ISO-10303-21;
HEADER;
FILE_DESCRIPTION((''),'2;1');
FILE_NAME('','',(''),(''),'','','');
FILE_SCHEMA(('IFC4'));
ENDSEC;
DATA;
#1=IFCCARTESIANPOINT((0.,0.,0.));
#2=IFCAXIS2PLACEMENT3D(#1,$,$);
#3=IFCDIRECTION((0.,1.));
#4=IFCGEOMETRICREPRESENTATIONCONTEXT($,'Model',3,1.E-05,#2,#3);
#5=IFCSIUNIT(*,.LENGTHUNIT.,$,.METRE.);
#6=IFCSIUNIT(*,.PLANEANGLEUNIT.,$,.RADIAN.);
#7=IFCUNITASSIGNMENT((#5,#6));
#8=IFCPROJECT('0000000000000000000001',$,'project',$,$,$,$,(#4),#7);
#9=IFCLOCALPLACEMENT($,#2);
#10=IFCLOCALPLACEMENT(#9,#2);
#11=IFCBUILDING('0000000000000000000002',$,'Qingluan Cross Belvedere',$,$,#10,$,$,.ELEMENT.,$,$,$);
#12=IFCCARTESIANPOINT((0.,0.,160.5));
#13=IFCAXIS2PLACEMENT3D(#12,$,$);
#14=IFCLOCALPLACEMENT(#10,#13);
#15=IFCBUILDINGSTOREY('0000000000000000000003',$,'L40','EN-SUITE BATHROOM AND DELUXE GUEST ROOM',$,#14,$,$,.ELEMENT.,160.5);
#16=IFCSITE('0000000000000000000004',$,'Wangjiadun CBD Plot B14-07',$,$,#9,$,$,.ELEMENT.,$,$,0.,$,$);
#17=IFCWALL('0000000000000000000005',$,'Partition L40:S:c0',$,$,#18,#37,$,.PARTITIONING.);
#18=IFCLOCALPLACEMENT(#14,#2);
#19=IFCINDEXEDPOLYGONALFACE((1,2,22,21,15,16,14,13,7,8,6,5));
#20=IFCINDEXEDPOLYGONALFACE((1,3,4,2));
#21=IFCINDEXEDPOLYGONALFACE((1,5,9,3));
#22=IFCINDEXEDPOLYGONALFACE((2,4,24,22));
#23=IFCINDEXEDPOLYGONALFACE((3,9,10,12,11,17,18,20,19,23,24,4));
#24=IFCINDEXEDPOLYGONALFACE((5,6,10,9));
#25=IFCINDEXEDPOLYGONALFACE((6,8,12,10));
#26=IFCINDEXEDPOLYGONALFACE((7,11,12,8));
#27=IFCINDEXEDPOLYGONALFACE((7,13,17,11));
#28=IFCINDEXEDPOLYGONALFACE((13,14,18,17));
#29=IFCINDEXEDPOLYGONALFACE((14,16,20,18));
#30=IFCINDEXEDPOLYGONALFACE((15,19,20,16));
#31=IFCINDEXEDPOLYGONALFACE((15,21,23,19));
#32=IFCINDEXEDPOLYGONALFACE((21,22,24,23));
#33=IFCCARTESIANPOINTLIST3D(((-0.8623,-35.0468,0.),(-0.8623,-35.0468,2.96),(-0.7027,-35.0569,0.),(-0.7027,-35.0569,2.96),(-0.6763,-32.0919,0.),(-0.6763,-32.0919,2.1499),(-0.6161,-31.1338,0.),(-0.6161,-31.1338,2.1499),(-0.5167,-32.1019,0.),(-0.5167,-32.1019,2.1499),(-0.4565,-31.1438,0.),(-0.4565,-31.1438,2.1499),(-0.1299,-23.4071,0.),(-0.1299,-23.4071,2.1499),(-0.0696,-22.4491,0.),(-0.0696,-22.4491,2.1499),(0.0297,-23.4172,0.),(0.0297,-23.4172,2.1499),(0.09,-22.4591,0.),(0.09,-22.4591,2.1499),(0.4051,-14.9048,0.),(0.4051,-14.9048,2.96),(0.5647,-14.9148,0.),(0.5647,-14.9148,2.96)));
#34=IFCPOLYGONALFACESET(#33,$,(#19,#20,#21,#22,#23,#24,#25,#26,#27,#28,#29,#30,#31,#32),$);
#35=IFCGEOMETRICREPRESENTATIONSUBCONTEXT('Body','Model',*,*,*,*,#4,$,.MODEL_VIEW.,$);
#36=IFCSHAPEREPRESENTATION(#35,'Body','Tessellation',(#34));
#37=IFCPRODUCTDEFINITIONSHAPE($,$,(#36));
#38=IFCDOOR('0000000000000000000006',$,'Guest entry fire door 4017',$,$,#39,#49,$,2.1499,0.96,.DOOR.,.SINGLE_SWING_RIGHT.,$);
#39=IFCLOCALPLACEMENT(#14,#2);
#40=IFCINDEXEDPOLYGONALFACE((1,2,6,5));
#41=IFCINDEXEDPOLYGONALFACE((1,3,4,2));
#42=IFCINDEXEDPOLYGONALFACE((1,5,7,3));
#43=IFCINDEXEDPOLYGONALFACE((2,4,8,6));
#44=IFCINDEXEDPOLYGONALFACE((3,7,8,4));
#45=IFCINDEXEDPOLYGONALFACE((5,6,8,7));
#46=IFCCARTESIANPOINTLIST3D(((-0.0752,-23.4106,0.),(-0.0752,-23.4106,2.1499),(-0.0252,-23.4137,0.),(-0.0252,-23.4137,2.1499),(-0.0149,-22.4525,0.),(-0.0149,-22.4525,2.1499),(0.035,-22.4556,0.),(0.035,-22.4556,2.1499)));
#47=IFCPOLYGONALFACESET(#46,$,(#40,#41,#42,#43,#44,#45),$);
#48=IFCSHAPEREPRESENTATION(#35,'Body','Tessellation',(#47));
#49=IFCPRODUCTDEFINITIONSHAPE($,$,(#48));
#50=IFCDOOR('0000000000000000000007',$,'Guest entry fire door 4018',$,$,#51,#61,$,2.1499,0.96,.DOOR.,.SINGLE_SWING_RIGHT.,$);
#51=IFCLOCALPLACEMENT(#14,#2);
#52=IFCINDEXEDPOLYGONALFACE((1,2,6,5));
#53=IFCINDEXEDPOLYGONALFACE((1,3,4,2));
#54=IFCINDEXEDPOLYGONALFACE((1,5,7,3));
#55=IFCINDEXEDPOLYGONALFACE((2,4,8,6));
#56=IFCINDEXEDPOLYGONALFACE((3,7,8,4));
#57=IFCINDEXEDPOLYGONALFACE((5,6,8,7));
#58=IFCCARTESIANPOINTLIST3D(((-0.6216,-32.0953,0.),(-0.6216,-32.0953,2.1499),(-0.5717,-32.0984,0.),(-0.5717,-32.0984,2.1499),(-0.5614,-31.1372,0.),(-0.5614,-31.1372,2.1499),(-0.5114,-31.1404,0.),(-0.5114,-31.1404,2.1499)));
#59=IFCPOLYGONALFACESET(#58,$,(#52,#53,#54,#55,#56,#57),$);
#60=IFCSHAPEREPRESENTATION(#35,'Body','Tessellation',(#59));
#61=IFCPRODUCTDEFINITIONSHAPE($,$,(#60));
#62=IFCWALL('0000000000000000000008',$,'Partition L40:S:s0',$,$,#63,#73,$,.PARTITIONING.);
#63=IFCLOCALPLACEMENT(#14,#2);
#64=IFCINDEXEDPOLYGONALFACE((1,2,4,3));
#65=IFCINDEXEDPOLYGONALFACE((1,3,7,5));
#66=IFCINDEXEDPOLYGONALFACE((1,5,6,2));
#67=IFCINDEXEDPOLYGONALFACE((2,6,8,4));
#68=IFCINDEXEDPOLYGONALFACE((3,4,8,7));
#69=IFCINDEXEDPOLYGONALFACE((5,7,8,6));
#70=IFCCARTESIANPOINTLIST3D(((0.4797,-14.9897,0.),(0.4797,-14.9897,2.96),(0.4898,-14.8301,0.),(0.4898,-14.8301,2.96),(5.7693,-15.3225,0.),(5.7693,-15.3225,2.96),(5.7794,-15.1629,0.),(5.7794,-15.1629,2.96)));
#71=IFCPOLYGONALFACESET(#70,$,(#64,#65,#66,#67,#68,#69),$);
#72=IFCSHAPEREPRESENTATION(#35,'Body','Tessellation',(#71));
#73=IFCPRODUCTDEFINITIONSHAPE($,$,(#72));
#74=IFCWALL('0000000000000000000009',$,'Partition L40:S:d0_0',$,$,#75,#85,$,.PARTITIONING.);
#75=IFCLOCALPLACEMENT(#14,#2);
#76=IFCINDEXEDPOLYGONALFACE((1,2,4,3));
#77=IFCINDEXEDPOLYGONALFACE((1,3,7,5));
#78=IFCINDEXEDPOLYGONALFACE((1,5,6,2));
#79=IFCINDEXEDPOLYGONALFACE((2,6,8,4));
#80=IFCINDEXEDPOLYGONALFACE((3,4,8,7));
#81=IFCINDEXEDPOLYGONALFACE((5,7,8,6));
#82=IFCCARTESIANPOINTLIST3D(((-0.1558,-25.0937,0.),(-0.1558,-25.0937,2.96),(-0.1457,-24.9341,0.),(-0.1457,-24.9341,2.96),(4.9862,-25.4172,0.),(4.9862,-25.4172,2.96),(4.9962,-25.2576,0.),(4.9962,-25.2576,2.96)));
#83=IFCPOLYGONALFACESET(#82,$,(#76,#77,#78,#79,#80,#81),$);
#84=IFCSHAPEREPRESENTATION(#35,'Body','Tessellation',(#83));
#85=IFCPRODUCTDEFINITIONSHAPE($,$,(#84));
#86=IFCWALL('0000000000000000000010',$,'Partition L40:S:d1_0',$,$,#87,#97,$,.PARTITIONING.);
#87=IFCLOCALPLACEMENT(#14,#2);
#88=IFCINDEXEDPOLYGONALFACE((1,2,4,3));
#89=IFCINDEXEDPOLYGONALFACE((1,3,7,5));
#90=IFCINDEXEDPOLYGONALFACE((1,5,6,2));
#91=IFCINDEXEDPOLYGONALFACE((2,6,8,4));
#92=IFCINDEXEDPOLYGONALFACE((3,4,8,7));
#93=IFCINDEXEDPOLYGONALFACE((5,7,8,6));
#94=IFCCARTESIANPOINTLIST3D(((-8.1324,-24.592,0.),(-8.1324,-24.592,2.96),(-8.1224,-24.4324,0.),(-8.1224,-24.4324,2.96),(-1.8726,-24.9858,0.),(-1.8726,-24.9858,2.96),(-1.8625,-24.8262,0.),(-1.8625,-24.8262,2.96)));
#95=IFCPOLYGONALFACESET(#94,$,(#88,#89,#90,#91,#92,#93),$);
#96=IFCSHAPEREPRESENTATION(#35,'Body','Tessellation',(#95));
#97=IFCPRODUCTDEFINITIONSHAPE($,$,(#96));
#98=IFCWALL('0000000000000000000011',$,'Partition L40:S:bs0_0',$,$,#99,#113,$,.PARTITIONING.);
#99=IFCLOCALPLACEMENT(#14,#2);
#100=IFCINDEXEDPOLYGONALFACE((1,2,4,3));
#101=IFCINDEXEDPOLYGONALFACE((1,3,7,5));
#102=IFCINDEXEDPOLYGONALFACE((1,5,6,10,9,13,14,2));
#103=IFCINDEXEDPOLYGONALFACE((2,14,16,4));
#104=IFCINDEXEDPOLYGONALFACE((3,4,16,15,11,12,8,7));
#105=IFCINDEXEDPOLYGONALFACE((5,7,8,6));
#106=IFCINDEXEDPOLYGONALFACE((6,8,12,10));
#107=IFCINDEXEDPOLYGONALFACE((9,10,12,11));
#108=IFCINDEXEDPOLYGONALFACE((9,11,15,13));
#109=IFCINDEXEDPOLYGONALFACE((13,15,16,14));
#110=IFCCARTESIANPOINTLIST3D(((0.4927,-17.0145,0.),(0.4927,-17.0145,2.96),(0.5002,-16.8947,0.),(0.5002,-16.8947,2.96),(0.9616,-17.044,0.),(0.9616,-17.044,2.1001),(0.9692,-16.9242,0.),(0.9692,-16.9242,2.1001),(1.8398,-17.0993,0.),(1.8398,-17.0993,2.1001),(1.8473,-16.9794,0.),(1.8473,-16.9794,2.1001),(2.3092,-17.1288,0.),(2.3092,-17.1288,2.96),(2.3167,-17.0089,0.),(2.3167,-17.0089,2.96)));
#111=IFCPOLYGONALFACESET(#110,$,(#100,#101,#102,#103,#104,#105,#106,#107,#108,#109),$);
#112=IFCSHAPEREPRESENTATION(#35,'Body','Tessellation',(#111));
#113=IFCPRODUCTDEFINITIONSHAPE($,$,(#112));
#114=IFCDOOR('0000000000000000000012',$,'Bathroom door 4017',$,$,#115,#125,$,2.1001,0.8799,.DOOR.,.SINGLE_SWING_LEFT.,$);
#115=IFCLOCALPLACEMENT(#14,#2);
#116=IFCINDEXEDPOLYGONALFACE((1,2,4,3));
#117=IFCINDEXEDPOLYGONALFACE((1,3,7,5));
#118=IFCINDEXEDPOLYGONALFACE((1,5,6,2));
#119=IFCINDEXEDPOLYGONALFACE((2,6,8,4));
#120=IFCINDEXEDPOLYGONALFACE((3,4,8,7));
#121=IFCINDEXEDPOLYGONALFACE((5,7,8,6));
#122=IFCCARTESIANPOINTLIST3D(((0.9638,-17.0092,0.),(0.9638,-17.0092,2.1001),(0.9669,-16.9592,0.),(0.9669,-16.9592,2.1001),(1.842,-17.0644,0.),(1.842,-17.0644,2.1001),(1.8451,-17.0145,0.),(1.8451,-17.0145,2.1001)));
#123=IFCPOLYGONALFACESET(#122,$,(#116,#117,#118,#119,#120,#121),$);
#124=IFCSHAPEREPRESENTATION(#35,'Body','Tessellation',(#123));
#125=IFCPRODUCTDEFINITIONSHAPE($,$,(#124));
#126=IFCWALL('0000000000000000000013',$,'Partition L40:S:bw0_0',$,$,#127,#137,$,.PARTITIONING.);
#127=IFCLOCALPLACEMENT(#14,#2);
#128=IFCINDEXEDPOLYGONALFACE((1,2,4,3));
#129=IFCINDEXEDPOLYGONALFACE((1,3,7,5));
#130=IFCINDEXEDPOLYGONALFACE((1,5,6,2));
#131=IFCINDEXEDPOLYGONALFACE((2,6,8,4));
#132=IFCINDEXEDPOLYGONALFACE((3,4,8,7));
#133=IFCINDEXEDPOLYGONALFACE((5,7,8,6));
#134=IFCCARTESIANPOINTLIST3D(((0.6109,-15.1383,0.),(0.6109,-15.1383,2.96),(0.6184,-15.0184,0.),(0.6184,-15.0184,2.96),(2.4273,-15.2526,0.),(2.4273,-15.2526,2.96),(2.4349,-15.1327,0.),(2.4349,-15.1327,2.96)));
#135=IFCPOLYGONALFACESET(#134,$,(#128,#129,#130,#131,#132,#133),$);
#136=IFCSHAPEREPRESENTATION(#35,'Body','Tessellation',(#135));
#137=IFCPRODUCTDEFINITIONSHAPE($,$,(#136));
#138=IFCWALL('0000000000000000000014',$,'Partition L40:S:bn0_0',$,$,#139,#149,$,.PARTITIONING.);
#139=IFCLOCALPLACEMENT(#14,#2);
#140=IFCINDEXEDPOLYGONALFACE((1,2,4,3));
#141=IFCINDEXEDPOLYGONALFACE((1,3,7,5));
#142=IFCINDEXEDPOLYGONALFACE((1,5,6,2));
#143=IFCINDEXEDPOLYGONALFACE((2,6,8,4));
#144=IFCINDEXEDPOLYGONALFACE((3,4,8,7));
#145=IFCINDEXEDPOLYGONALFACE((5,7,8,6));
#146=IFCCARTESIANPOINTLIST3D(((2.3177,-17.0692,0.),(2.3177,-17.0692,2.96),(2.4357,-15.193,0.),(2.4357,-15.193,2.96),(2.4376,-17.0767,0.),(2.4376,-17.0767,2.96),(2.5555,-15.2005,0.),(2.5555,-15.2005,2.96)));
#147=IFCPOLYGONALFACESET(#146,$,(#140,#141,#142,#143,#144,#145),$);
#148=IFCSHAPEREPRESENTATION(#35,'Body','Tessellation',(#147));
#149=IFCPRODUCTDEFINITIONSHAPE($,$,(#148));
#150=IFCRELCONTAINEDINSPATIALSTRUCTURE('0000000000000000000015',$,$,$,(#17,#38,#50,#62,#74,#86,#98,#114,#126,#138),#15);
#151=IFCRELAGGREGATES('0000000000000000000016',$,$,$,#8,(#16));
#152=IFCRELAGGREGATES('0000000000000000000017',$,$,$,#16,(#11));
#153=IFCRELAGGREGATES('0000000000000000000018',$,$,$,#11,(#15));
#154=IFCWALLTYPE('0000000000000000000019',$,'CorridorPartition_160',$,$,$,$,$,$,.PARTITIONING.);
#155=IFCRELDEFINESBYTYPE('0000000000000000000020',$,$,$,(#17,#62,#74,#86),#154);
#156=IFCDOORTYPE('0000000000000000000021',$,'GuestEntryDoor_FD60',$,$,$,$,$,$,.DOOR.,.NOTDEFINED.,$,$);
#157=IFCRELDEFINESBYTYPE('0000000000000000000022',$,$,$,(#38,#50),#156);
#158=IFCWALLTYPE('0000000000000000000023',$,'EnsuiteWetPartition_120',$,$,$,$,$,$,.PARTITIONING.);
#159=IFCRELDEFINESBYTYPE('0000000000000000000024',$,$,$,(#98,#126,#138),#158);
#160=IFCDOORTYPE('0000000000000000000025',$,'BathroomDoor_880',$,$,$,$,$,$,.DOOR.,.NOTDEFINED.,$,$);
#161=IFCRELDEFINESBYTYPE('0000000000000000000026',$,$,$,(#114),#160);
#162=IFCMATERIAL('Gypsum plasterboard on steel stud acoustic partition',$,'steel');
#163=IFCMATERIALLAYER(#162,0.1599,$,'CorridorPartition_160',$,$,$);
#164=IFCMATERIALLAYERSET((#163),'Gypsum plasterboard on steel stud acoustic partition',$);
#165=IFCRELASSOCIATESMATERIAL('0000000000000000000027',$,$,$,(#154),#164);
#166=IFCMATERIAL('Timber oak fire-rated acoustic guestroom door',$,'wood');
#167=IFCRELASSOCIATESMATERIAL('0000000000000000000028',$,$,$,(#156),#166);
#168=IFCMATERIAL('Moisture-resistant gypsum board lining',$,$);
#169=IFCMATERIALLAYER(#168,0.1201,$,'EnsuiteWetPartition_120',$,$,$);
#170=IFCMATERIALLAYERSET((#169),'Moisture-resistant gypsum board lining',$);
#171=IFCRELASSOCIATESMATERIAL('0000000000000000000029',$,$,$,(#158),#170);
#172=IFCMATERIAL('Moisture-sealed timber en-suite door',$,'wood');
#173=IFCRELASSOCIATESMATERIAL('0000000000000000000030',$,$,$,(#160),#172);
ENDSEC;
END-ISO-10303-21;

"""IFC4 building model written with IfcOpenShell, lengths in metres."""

from ifc_helpers import new_model, si_unit, direction, frame, frame_2d, origin, place, context, subcontext, project, spatial, rectangle, extrude, material, layer, layer_set, type_object, element, fill, save


model = new_model("IFC4")

# Units and contexts
model_context = context("Model", 3, precision=1e-05, world=origin(), true_north=direction((0.0, 1.0)))
body_context = subcontext(model_context, "Body", "Model", "MODEL_VIEW")
ifc_project = project(units=[si_unit("LENGTHUNIT", "METRE"), si_unit("PLANEANGLEUNIT", "RADIAN")], contexts=[model_context])

# Site, building, storey
site_placement = place(None, origin())
site = spatial("IfcSite", under=ifc_project, at=site_placement, Name="Wangjiadun CBD Plot B14-07", CompositionType="ELEMENT", RefElevation=0.0)
building_placement = place(site_placement, origin())
building = spatial("IfcBuilding", under=site, at=building_placement, Name="Qingluan Cross Belvedere", CompositionType="ELEMENT")
storey_placement = place(building_placement, frame((0.0, 0.0, 160.5)))
storey = spatial("IfcBuildingStorey", under=building, at=storey_placement, Name="L40", Description="EN-SUITE BATHROOM AND DELUXE GUEST ROOM", CompositionType="ELEMENT", Elevation=160.5)

# Wall, openings, doors
ifc_material_1 = material(Name="Gypsum plasterboard on steel stud acoustic partition", Category="steel")
ifc_layer_1 = layer(ifc_material_1, 0.1599, Name="CorridorPartition_160")
ifc_layer_set_1 = layer_set([ifc_layer_1], Name="Gypsum plasterboard on steel stud acoustic partition")
wall_type_1 = type_object("IfcWallType", Name="CorridorPartition_160", PredefinedType="PARTITIONING", material=ifc_layer_set_1)
wall_1_placement = place(storey_placement, frame((0.4849, -14.9099, 0.0), z_axis=(0.0, 0.0, 1.0), x_axis=(-0.062796, -0.998026, 0.0)))
wall_1 = element("IfcWall", 1, at=wall_1_placement, inside=storey, type_object=wall_type_1, Name="Partition L40:S:c0", PredefinedType="PARTITIONING", context=body_context, shape_type="SweptSolid", body=[
    extrude(rectangle(XDim=20.1819, YDim=0.1599, at=frame_2d((10.0908, 0.0))), origin(), (0.0, 0.0, 1.0), 2.96),
])
opening_1_placement = place(wall_1_placement, frame((7.5591, 0.0, 0.0)))
opening_1 = element("IfcOpeningElement", 2, at=opening_1_placement, cuts=wall_1, PredefinedType="OPENING", context=body_context, shape_type="SweptSolid", body=[
    extrude(rectangle(XDim=0.96, YDim=2.1499, at=frame_2d((0.48, 1.075))), frame((0.0, 0.0898, 0.0), z_axis=(0.0, -1.0, 0.0), x_axis=(1.0, 0.0, 0.0)), (0.0, 0.0, 1.0), 0.1799),
])
opening_2_placement = place(wall_1_placement, frame((16.261, 0.0, 0.0)))
opening_2 = element("IfcOpeningElement", 3, at=opening_2_placement, cuts=wall_1, PredefinedType="OPENING", context=body_context, shape_type="SweptSolid", body=[
    extrude(rectangle(XDim=0.96, YDim=2.1499, at=frame_2d((0.48, 1.075))), frame((0.0, 0.0898, 0.0), z_axis=(0.0, -1.0, 0.0), x_axis=(1.0, 0.0, 0.0)), (0.0, 0.0, 1.0), 0.1799),
])
ifc_material_2 = material(Name="Timber oak fire-rated acoustic guestroom door", Category="wood")
door_type_1 = type_object("IfcDoorType", Name="GuestEntryDoor_FD60", OperationType="NOTDEFINED", PredefinedType="DOOR", material=ifc_material_2)
door_1_placement = place(opening_1_placement, origin())
door_1 = element("IfcDoor", 4, at=door_1_placement, inside=storey, type_object=door_type_1, Name="Guest entry fire door 4017", OperationType="SINGLE_SWING_RIGHT", OverallHeight=2.1499, OverallWidth=0.96, PredefinedType="DOOR", context=body_context, shape_type="SweptSolid", body=[
    extrude(rectangle(XDim=0.96, YDim=2.1499, at=frame_2d((0.48, 1.075))), frame((0.0, 0.0249, 0.0), z_axis=(0.0, -1.0, 0.0), x_axis=(1.0, 0.0, 0.0)), (0.0, 0.0, 1.0), 0.05),
])
fill(opening_1, door_1)
door_2_placement = place(opening_2_placement, origin())
door_2 = element("IfcDoor", 5, at=door_2_placement, inside=storey, type_object=door_type_1, Name="Guest entry fire door 4018", OperationType="SINGLE_SWING_RIGHT", OverallHeight=2.1499, OverallWidth=0.96, PredefinedType="DOOR", context=body_context, shape_type="SweptSolid", body=[
    extrude(rectangle(XDim=0.96, YDim=2.1499, at=frame_2d((0.48, 1.075))), frame((0.0, 0.0249, 0.0), z_axis=(0.0, -1.0, 0.0), x_axis=(1.0, 0.0, 0.0)), (0.0, 0.0, 1.0), 0.05),
])
fill(opening_2, door_2)

# Walls
wall_2_placement = place(storey_placement, frame((0.4849, -14.9099, 0.0), z_axis=(0.0, 0.0, 1.0), x_axis=(0.998027, -0.062786, 0.0)))
element("IfcWall", 6, at=wall_2_placement, inside=storey, type_object=wall_type_1, Name="Partition L40:S:s0", PredefinedType="PARTITIONING", context=body_context, shape_type="SweptSolid", body=[
    extrude(rectangle(XDim=5.3, YDim=0.1599, at=frame_2d((2.6499, 0.0))), origin(), (0.0, 0.0, 1.0), 2.96),
])
wall_3_placement = place(storey_placement, frame((-0.1509, -25.0139, 0.0), z_axis=(0.0, 0.0, 1.0), x_axis=(0.998027, -0.062788, 0.0)))
element("IfcWall", 7, at=wall_3_placement, inside=storey, type_object=wall_type_1, Name="Partition L40:S:d0_0", PredefinedType="PARTITIONING", context=body_context, shape_type="SweptSolid", body=[
    extrude(rectangle(XDim=5.1521, YDim=0.1599, at=frame_2d((2.5762, 0.0))), origin(), (0.0, 0.0, 1.0), 2.96),
])
wall_4_placement = place(storey_placement, frame((-1.8674, -24.906, 0.0), z_axis=(0.0, 0.0, 1.0), x_axis=(-0.998027, 0.062785, 0.0)))
element("IfcWall", 8, at=wall_4_placement, inside=storey, type_object=wall_type_1, Name="Partition L40:S:d1_0", PredefinedType="PARTITIONING", context=body_context, shape_type="SweptSolid", body=[
    extrude(rectangle(XDim=6.2722, YDim=0.1599, at=frame_2d((3.1362, 0.0))), origin(), (0.0, 0.0, 1.0), 2.96),
])

# Wall, opening, door
ifc_material_3 = material(Name="Moisture-resistant gypsum board lining")
ifc_layer_2 = layer(ifc_material_3, 0.1201, Name="EnsuiteWetPartition_120")
ifc_layer_set_2 = layer_set([ifc_layer_2], Name="Moisture-resistant gypsum board lining")
wall_type_2 = type_object("IfcWallType", Name="EnsuiteWetPartition_120", PredefinedType="PARTITIONING", material=ifc_layer_set_2)
wall_5_placement = place(storey_placement, frame((0.4963, -16.9546, 0.0), z_axis=(0.0, 0.0, 1.0), x_axis=(0.998027, -0.062779, 0.0)))
wall_5 = element("IfcWall", 9, at=wall_5_placement, inside=storey, type_object=wall_type_2, Name="Partition L40:S:bs0_0", PredefinedType="PARTITIONING", context=body_context, shape_type="SweptSolid", body=[
    extrude(rectangle(XDim=1.8201, YDim=0.1201, at=frame_2d((0.9102, 0.0))), origin(), (0.0, 0.0, 1.0), 2.96),
])
opening_3_placement = place(wall_5_placement, frame((0.47, 0.0, 0.0)))
opening_3 = element("IfcOpeningElement", 10, at=opening_3_placement, cuts=wall_5, PredefinedType="OPENING", context=body_context, shape_type="SweptSolid", body=[
    extrude(rectangle(XDim=0.8799, YDim=2.1001, at=frame_2d((0.4399, 1.05))), frame((0.0, 0.0701, 0.0), z_axis=(0.0, -1.0, 0.0), x_axis=(1.0, 0.0, 0.0)), (0.0, 0.0, 1.0), 0.1401),
])
ifc_material_4 = material(Name="Moisture-sealed timber en-suite door", Category="wood")
door_type_2 = type_object("IfcDoorType", Name="BathroomDoor_880", OperationType="NOTDEFINED", PredefinedType="DOOR", material=ifc_material_4)
door_3_placement = place(opening_3_placement, origin())
door_3 = element("IfcDoor", 11, at=door_3_placement, inside=storey, type_object=door_type_2, Name="Bathroom door 4017", OperationType="SINGLE_SWING_LEFT", OverallHeight=2.1001, OverallWidth=0.8799, PredefinedType="DOOR", context=body_context, shape_type="SweptSolid", body=[
    extrude(rectangle(XDim=0.8799, YDim=2.1001, at=frame_2d((0.4399, 1.05))), frame((0.0, 0.0249, 0.0), z_axis=(0.0, -1.0, 0.0), x_axis=(1.0, 0.0, 0.0)), (0.0, 0.0, 1.0), 0.05),
])
fill(opening_3, door_3)

# Walls
wall_6_placement = place(storey_placement, frame((0.6145, -15.0784, 0.0), z_axis=(0.0, 0.0, 1.0), x_axis=(0.998027, -0.062779, 0.0)))
element("IfcWall", 12, at=wall_6_placement, inside=storey, type_object=wall_type_2, Name="Partition L40:S:bw0_0", PredefinedType="PARTITIONING", context=body_context, shape_type="SweptSolid", body=[
    extrude(rectangle(XDim=1.8201, YDim=0.1201, at=frame_2d((0.9102, 0.0))), origin(), (0.0, 0.0, 1.0), 2.96),
])
wall_7_placement = place(storey_placement, frame((2.4956, -15.1968, 0.0), z_axis=(0.0, 0.0, 1.0), x_axis=(-0.062726, -0.998031, 0.0)))
element("IfcWall", 13, at=wall_7_placement, inside=storey, type_object=wall_type_2, Name="Partition L40:S:bn0_0", PredefinedType="PARTITIONING", context=body_context, shape_type="SweptSolid", body=[
    extrude(rectangle(XDim=1.8799, YDim=0.1201, at=frame_2d((0.9399, 0.0))), origin(), (0.0, 0.0, 1.0), 2.96),
])

save(model, "model.ifc")
